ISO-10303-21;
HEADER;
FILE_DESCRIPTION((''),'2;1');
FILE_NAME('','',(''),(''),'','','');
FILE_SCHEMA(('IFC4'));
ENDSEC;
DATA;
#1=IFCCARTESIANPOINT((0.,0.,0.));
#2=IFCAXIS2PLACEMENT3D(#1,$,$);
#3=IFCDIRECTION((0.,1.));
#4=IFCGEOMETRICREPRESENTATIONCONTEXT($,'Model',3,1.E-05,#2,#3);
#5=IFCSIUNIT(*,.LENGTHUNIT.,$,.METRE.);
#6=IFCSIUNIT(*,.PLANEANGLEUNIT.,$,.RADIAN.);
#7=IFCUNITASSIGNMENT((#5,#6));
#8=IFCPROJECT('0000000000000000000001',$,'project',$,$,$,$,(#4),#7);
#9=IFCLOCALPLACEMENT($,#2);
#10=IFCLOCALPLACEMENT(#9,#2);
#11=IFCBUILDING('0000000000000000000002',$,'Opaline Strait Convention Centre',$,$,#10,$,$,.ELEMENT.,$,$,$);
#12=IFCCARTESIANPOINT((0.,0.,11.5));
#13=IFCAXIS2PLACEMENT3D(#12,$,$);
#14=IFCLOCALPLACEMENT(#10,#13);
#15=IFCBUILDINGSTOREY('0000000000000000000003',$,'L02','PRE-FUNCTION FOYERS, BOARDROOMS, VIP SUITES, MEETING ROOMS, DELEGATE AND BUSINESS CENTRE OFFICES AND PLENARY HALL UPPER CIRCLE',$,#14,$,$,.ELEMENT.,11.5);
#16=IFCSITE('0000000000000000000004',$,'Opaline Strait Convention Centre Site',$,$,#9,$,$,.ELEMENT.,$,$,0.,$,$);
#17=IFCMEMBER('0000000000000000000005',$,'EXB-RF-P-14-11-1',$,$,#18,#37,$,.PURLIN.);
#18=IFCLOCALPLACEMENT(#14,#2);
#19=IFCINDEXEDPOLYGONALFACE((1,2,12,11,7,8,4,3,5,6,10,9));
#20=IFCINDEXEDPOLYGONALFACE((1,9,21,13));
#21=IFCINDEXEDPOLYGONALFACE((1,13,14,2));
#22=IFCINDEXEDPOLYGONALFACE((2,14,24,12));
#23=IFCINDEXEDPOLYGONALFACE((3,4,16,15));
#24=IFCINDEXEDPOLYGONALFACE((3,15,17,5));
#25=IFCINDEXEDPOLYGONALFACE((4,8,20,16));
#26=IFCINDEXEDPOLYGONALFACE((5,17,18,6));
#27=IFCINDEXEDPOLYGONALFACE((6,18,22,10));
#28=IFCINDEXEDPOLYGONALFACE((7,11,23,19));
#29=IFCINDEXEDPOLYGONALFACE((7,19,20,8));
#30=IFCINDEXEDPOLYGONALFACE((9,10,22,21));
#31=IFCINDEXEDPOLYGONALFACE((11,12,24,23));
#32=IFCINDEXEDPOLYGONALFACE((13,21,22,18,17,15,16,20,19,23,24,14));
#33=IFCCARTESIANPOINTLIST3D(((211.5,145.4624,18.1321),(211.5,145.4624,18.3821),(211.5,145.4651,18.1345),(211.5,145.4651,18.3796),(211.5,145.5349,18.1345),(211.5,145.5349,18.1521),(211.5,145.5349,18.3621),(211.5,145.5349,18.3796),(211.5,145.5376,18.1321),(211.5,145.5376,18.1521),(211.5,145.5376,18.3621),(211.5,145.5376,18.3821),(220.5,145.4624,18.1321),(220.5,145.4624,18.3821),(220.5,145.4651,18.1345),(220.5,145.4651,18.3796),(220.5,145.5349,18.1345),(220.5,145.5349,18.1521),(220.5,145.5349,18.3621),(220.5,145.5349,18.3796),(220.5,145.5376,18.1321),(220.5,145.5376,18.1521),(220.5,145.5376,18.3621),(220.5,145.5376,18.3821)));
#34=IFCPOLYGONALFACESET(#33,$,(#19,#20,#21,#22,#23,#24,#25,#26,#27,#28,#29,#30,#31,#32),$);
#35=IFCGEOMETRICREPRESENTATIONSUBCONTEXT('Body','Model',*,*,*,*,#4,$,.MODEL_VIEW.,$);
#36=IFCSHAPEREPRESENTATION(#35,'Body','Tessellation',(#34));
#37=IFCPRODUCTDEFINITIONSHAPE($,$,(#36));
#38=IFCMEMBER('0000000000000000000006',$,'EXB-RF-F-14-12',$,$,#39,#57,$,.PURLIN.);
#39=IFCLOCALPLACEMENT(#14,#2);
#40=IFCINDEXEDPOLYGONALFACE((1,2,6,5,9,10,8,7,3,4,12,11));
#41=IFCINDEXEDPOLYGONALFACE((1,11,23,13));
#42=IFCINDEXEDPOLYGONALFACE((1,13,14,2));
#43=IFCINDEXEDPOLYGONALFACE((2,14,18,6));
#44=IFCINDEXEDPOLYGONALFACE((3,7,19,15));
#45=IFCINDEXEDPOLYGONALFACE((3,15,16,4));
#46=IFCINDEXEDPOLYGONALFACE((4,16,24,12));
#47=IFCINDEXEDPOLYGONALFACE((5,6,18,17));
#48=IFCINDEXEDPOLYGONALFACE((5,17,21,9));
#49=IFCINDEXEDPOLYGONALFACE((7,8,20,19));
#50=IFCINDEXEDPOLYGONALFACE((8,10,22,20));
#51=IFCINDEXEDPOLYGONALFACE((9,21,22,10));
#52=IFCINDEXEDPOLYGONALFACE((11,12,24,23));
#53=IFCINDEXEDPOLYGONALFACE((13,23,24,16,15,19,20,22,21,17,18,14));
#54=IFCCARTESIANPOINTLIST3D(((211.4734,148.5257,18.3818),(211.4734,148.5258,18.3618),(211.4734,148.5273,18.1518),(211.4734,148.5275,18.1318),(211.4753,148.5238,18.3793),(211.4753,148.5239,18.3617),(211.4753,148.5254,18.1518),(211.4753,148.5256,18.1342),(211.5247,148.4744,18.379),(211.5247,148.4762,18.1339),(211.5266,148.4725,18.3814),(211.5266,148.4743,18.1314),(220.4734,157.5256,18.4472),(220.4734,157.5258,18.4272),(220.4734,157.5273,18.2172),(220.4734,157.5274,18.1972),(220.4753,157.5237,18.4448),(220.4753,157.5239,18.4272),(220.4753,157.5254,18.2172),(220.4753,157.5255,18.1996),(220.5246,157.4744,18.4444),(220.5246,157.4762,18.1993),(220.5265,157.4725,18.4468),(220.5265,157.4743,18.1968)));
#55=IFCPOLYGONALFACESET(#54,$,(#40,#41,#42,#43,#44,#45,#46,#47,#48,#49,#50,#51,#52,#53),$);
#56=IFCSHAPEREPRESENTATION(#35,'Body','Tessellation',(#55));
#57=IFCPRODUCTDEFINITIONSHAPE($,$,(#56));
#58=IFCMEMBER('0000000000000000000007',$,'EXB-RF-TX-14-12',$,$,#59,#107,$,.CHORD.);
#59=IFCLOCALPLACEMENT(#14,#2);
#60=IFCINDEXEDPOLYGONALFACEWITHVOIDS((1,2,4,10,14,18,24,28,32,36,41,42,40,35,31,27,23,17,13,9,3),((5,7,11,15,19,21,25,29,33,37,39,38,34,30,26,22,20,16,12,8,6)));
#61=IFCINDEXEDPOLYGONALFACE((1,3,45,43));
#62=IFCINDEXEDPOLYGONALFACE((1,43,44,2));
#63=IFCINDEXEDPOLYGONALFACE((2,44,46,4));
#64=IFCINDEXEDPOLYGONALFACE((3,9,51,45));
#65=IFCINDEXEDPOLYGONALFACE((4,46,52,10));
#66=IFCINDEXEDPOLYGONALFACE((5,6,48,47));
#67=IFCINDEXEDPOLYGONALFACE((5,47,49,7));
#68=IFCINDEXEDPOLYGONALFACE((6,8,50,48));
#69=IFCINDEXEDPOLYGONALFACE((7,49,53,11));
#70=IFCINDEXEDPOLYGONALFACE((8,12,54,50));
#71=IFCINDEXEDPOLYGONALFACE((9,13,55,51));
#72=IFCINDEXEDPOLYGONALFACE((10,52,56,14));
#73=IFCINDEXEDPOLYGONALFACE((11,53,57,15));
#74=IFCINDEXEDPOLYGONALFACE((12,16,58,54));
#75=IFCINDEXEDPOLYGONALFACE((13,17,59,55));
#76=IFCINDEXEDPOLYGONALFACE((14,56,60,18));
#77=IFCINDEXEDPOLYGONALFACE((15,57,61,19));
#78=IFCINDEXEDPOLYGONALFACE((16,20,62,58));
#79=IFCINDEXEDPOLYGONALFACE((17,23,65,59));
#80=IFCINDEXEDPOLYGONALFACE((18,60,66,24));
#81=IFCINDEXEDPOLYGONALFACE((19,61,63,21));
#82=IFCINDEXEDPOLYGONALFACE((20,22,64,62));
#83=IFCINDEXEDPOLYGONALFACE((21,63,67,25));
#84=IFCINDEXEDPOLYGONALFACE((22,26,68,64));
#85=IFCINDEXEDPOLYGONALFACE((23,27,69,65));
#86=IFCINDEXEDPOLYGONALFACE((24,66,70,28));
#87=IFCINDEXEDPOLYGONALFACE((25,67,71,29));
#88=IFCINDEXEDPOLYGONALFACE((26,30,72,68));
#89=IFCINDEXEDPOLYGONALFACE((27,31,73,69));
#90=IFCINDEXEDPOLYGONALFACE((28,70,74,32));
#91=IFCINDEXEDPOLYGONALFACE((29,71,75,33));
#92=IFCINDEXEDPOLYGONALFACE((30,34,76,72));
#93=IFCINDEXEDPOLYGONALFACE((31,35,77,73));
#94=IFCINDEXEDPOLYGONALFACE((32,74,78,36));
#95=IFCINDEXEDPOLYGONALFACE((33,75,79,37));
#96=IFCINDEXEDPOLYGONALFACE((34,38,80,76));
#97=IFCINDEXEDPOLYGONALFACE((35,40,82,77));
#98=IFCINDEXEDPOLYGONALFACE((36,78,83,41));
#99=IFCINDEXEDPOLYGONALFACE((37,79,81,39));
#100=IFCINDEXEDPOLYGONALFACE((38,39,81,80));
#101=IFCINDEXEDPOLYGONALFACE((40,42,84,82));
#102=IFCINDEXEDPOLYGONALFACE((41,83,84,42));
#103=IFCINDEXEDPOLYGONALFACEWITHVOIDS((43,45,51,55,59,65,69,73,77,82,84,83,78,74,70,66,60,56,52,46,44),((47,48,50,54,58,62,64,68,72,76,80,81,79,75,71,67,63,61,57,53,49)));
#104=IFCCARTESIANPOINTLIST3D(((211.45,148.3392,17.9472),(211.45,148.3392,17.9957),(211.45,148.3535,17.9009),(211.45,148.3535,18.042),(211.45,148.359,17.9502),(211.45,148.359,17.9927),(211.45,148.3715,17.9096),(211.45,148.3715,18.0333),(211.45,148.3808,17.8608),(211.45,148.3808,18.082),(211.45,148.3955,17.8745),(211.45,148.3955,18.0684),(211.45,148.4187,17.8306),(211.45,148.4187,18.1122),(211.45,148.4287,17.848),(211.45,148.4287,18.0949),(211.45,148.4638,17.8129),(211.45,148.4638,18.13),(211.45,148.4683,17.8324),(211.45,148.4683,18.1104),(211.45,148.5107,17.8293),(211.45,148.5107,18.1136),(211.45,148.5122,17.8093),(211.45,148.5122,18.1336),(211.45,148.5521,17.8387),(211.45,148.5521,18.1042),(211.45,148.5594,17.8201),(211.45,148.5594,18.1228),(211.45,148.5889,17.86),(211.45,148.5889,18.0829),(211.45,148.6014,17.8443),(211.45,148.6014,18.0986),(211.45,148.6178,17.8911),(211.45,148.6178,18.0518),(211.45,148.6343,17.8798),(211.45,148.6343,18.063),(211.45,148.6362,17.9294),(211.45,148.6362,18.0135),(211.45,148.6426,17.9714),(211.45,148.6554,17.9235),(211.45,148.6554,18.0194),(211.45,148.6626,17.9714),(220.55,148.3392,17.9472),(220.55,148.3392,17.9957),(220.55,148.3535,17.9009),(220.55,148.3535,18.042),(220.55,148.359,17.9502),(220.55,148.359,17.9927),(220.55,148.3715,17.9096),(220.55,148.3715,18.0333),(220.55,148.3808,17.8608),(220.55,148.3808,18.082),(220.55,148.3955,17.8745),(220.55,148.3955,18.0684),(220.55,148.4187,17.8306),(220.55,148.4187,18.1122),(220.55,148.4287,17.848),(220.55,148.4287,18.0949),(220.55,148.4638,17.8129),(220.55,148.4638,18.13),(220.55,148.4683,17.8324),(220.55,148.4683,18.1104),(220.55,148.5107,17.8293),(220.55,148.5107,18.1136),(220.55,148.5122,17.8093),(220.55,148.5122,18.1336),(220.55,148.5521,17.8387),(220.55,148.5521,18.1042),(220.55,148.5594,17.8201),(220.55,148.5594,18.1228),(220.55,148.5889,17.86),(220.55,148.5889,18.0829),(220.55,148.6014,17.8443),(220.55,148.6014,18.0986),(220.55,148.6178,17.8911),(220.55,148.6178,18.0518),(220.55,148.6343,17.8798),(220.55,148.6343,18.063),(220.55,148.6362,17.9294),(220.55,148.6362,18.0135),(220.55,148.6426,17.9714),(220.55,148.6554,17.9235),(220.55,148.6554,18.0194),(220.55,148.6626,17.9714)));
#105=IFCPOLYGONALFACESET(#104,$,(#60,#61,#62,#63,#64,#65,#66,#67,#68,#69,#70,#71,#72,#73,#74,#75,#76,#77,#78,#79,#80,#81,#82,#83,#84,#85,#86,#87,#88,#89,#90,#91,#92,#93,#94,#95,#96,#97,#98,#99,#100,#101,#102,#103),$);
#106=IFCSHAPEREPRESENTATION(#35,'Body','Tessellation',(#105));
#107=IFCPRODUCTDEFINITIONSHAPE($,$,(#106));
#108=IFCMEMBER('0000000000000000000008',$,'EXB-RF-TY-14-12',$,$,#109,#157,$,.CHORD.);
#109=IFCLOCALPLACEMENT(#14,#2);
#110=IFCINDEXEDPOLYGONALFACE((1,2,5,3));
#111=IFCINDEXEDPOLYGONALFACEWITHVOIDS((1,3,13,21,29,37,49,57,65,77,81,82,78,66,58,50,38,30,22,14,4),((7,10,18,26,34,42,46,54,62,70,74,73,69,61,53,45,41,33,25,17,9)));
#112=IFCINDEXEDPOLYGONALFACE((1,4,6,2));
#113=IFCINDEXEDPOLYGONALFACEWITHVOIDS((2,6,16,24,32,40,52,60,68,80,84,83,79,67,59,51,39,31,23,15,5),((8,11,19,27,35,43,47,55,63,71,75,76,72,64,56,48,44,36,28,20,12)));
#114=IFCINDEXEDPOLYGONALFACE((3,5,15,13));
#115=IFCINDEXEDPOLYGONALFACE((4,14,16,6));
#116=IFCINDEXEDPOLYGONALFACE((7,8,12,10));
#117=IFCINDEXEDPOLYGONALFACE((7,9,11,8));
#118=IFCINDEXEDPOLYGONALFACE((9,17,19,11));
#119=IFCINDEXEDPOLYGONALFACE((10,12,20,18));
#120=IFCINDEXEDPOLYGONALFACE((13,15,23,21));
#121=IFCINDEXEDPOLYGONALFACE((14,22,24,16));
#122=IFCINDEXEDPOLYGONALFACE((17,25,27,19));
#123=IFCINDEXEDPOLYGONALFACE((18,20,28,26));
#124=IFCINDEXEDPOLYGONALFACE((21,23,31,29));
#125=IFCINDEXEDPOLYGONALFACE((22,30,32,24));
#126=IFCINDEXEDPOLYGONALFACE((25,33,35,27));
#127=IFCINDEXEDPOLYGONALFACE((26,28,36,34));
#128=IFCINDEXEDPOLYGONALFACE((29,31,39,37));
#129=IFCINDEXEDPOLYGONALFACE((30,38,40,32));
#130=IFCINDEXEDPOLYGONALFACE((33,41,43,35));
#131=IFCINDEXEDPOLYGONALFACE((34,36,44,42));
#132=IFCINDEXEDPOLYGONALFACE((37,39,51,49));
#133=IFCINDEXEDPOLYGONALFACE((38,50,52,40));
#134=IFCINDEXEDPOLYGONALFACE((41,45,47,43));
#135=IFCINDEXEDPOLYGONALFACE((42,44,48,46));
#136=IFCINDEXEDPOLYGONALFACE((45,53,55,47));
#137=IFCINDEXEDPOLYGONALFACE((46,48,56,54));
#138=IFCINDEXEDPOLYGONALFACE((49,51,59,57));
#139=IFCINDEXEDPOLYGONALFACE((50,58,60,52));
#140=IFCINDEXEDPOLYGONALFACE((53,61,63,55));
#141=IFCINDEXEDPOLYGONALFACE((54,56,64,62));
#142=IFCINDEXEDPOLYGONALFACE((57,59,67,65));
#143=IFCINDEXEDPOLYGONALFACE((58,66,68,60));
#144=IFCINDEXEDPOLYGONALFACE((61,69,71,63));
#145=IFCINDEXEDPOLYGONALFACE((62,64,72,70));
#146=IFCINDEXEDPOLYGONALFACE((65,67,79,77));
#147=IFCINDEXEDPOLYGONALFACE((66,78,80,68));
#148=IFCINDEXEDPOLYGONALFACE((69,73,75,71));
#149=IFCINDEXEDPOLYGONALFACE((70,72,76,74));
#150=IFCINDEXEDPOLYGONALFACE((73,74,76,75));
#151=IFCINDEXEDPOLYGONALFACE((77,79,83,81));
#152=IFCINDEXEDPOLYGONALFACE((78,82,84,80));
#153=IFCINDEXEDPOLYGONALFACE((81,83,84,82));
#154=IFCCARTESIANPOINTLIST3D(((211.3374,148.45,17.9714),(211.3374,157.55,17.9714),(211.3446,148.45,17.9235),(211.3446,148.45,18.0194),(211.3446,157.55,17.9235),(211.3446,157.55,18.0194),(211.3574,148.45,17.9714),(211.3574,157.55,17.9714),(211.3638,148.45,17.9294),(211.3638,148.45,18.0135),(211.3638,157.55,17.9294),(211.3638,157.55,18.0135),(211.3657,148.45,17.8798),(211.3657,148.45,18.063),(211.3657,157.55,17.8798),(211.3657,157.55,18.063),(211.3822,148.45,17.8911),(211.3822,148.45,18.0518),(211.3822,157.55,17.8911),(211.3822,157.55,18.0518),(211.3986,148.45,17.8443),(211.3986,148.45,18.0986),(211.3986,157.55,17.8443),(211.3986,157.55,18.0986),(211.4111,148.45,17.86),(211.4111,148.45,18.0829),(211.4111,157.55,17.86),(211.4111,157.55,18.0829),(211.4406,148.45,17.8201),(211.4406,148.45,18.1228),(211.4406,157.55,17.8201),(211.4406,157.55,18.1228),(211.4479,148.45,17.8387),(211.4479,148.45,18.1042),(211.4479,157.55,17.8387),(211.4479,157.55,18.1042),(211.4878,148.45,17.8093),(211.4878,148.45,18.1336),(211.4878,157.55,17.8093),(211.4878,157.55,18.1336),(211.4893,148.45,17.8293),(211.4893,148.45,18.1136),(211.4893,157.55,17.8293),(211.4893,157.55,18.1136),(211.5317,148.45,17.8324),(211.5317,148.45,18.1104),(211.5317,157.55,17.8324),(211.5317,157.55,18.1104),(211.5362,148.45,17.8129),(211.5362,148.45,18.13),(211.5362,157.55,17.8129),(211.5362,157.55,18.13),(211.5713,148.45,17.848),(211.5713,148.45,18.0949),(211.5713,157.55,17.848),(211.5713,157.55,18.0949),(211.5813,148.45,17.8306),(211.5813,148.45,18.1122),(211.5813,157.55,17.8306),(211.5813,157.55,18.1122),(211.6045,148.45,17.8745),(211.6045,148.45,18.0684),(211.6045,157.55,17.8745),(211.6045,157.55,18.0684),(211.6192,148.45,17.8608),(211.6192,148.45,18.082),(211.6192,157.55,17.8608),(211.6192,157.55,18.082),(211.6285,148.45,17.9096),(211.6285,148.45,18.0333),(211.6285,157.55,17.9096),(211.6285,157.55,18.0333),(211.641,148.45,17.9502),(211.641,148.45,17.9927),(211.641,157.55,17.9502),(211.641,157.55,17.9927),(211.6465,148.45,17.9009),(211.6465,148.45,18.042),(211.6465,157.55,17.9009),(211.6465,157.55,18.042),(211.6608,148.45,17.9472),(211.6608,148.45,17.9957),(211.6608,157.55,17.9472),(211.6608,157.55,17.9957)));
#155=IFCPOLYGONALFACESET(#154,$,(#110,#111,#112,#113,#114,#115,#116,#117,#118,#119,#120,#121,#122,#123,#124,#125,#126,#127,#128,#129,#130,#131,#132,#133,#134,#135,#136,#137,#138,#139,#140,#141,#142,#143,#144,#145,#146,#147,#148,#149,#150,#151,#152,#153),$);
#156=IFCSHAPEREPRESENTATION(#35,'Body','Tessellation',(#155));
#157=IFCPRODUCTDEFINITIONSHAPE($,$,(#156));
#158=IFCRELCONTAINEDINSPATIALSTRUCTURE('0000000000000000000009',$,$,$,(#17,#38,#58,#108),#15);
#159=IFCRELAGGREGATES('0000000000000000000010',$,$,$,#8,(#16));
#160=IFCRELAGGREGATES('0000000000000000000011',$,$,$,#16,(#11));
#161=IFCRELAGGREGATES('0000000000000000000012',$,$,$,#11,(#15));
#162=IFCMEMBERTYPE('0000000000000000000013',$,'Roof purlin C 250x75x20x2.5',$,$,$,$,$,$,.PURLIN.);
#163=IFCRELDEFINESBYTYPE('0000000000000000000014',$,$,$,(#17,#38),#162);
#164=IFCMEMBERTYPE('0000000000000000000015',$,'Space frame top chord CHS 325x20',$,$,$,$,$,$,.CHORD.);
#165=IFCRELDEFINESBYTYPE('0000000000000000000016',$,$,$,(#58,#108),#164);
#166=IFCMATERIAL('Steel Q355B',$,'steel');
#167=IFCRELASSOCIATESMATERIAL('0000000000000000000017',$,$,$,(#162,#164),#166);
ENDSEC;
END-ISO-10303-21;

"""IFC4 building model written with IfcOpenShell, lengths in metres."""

from ifc_helpers import new_model, si_unit, direction, frame, origin, origin_2d, place, context, subcontext, project, spatial, polyline, hollow_circle, outline, extrude, material, material_profile, profile_set, type_object, element, save


model = new_model("IFC4")

# Units and contexts
model_context = context("Model", 3, precision=1e-05, world=origin(), true_north=direction((0.0, 1.0)))
body_context = subcontext(model_context, "Body", "Model", "MODEL_VIEW")
ifc_project = project(units=[si_unit("LENGTHUNIT", "METRE"), si_unit("PLANEANGLEUNIT", "RADIAN")], contexts=[model_context])

# Site, building, storey
site_placement = place(None, origin())
site = spatial("IfcSite", under=ifc_project, at=site_placement, Name="Opaline Strait Convention Centre Site", CompositionType="ELEMENT", RefElevation=0.0)
building_placement = place(site_placement, origin())
building = spatial("IfcBuilding", under=site, at=building_placement, Name="Opaline Strait Convention Centre", CompositionType="ELEMENT")
storey_placement = place(building_placement, frame((0.0, 0.0, 11.5)))
storey = spatial("IfcBuildingStorey", under=building, at=storey_placement, Name="L02", Description="PRE-FUNCTION FOYERS, BOARDROOMS, VIP SUITES, MEETING ROOMS, DELEGATE AND BUSINESS CENTRE OFFICES AND PLENARY HALL UPPER CIRCLE", CompositionType="ELEMENT", Elevation=11.5)

# Members
ifc_material_1 = material(Name="Steel Q355B", Category="steel")
ifc_material_profile_1 = material_profile(ifc_material_1, outline(polyline([(-0.0376, -0.125), (0.0376, -0.125), (0.0376, -0.105), (0.0349, -0.105), (0.0349, -0.1226), (-0.0349, -0.1226), (-0.0349, 0.1226), (0.0349, 0.1226), (0.0349, 0.105), (0.0376, 0.105), (0.0376, 0.125), (-0.0376, 0.125), (-0.0376, -0.125)])), Name="C 250x75x20x2.5")
ifc_profile_set_1 = profile_set([ifc_material_profile_1], Name="Steel Q355B")
member_type_1 = type_object("IfcMemberType", Name="Roof purlin C 250x75x20x2.5", PredefinedType="PURLIN", material=ifc_profile_set_1)
member_1_placement = place(storey_placement, frame((211.5, 145.5, 18.2571), z_axis=(1.0, 0.0, 0.0), x_axis=(0.0, 1.0, 0.0)))
element("IfcMember", 1, at=member_1_placement, inside=storey, type_object=member_type_1, Name="EXB-RF-P-14-11-1", PredefinedType="PURLIN", context=body_context, shape_type="SweptSolid", body=[
    extrude(outline(polyline([(-0.0376, -0.125), (0.0376, -0.125), (0.0376, -0.105), (0.0349, -0.105), (0.0349, -0.1226), (-0.0349, -0.1226), (-0.0349, 0.1226), (0.0349, 0.1226), (0.0349, 0.105), (0.0376, 0.105), (0.0376, 0.125), (-0.0376, 0.125), (-0.0376, -0.125)])), origin(), (0.0, 0.0, 1.0), 9.0),
])
member_2_placement = place(storey_placement, frame((211.5, 148.5, 18.2566), z_axis=(0.707097, 0.707097, 0.005141), x_axis=(-0.707116, 0.707079, 0.005143)))
element("IfcMember", 2, at=member_2_placement, inside=storey, type_object=member_type_1, Name="EXB-RF-F-14-12", PredefinedType="PURLIN", context=body_context, shape_type="SweptSolid", body=[
    extrude(outline(polyline([(-0.0376, -0.125), (0.0376, -0.125), (0.0376, -0.105), (0.0349, -0.105), (0.0349, -0.1226), (-0.0349, -0.1226), (-0.0349, 0.1226), (0.0349, 0.1226), (0.0349, 0.105), (0.0376, 0.105), (0.0376, 0.125), (-0.0376, 0.125), (-0.0376, -0.125)])), origin(), (0.0, 0.0, 1.0), 12.728),
])
ifc_material_profile_2 = material_profile(ifc_material_1, hollow_circle(Radius=0.1626, WallThickness=0.02, at=origin_2d()), Name="CHS 325x20")
ifc_profile_set_2 = profile_set([ifc_material_profile_2], Name="Steel Q355B")
member_type_2 = type_object("IfcMemberType", Name="Space frame top chord CHS 325x20", PredefinedType="CHORD", material=ifc_profile_set_2)
for number, where, z_axis, x_axis, name in (
    (3, (211.45, 148.5, 17.9714), (1.0, 0.0, 0.0), (0.0, 1.0, 0.0), "EXB-RF-TX-14-12"),
    (4, (211.5, 148.45, 17.9714), (0.0, 1.0, 0.0), (-1.0, 0.0, 0.0), "EXB-RF-TY-14-12"),
):
    element("IfcMember", number, at=place(storey_placement, frame(where, z_axis=z_axis, x_axis=x_axis)), inside=storey, type_object=member_type_2, Name=name, PredefinedType="CHORD", context=body_context, shape_type="SweptSolid", body=[
        extrude(hollow_circle(Radius=0.1626, WallThickness=0.02, at=origin_2d()), origin(), (0.0, 0.0, 1.0), 9.1001),
    ])

save(model, "model.ifc")
